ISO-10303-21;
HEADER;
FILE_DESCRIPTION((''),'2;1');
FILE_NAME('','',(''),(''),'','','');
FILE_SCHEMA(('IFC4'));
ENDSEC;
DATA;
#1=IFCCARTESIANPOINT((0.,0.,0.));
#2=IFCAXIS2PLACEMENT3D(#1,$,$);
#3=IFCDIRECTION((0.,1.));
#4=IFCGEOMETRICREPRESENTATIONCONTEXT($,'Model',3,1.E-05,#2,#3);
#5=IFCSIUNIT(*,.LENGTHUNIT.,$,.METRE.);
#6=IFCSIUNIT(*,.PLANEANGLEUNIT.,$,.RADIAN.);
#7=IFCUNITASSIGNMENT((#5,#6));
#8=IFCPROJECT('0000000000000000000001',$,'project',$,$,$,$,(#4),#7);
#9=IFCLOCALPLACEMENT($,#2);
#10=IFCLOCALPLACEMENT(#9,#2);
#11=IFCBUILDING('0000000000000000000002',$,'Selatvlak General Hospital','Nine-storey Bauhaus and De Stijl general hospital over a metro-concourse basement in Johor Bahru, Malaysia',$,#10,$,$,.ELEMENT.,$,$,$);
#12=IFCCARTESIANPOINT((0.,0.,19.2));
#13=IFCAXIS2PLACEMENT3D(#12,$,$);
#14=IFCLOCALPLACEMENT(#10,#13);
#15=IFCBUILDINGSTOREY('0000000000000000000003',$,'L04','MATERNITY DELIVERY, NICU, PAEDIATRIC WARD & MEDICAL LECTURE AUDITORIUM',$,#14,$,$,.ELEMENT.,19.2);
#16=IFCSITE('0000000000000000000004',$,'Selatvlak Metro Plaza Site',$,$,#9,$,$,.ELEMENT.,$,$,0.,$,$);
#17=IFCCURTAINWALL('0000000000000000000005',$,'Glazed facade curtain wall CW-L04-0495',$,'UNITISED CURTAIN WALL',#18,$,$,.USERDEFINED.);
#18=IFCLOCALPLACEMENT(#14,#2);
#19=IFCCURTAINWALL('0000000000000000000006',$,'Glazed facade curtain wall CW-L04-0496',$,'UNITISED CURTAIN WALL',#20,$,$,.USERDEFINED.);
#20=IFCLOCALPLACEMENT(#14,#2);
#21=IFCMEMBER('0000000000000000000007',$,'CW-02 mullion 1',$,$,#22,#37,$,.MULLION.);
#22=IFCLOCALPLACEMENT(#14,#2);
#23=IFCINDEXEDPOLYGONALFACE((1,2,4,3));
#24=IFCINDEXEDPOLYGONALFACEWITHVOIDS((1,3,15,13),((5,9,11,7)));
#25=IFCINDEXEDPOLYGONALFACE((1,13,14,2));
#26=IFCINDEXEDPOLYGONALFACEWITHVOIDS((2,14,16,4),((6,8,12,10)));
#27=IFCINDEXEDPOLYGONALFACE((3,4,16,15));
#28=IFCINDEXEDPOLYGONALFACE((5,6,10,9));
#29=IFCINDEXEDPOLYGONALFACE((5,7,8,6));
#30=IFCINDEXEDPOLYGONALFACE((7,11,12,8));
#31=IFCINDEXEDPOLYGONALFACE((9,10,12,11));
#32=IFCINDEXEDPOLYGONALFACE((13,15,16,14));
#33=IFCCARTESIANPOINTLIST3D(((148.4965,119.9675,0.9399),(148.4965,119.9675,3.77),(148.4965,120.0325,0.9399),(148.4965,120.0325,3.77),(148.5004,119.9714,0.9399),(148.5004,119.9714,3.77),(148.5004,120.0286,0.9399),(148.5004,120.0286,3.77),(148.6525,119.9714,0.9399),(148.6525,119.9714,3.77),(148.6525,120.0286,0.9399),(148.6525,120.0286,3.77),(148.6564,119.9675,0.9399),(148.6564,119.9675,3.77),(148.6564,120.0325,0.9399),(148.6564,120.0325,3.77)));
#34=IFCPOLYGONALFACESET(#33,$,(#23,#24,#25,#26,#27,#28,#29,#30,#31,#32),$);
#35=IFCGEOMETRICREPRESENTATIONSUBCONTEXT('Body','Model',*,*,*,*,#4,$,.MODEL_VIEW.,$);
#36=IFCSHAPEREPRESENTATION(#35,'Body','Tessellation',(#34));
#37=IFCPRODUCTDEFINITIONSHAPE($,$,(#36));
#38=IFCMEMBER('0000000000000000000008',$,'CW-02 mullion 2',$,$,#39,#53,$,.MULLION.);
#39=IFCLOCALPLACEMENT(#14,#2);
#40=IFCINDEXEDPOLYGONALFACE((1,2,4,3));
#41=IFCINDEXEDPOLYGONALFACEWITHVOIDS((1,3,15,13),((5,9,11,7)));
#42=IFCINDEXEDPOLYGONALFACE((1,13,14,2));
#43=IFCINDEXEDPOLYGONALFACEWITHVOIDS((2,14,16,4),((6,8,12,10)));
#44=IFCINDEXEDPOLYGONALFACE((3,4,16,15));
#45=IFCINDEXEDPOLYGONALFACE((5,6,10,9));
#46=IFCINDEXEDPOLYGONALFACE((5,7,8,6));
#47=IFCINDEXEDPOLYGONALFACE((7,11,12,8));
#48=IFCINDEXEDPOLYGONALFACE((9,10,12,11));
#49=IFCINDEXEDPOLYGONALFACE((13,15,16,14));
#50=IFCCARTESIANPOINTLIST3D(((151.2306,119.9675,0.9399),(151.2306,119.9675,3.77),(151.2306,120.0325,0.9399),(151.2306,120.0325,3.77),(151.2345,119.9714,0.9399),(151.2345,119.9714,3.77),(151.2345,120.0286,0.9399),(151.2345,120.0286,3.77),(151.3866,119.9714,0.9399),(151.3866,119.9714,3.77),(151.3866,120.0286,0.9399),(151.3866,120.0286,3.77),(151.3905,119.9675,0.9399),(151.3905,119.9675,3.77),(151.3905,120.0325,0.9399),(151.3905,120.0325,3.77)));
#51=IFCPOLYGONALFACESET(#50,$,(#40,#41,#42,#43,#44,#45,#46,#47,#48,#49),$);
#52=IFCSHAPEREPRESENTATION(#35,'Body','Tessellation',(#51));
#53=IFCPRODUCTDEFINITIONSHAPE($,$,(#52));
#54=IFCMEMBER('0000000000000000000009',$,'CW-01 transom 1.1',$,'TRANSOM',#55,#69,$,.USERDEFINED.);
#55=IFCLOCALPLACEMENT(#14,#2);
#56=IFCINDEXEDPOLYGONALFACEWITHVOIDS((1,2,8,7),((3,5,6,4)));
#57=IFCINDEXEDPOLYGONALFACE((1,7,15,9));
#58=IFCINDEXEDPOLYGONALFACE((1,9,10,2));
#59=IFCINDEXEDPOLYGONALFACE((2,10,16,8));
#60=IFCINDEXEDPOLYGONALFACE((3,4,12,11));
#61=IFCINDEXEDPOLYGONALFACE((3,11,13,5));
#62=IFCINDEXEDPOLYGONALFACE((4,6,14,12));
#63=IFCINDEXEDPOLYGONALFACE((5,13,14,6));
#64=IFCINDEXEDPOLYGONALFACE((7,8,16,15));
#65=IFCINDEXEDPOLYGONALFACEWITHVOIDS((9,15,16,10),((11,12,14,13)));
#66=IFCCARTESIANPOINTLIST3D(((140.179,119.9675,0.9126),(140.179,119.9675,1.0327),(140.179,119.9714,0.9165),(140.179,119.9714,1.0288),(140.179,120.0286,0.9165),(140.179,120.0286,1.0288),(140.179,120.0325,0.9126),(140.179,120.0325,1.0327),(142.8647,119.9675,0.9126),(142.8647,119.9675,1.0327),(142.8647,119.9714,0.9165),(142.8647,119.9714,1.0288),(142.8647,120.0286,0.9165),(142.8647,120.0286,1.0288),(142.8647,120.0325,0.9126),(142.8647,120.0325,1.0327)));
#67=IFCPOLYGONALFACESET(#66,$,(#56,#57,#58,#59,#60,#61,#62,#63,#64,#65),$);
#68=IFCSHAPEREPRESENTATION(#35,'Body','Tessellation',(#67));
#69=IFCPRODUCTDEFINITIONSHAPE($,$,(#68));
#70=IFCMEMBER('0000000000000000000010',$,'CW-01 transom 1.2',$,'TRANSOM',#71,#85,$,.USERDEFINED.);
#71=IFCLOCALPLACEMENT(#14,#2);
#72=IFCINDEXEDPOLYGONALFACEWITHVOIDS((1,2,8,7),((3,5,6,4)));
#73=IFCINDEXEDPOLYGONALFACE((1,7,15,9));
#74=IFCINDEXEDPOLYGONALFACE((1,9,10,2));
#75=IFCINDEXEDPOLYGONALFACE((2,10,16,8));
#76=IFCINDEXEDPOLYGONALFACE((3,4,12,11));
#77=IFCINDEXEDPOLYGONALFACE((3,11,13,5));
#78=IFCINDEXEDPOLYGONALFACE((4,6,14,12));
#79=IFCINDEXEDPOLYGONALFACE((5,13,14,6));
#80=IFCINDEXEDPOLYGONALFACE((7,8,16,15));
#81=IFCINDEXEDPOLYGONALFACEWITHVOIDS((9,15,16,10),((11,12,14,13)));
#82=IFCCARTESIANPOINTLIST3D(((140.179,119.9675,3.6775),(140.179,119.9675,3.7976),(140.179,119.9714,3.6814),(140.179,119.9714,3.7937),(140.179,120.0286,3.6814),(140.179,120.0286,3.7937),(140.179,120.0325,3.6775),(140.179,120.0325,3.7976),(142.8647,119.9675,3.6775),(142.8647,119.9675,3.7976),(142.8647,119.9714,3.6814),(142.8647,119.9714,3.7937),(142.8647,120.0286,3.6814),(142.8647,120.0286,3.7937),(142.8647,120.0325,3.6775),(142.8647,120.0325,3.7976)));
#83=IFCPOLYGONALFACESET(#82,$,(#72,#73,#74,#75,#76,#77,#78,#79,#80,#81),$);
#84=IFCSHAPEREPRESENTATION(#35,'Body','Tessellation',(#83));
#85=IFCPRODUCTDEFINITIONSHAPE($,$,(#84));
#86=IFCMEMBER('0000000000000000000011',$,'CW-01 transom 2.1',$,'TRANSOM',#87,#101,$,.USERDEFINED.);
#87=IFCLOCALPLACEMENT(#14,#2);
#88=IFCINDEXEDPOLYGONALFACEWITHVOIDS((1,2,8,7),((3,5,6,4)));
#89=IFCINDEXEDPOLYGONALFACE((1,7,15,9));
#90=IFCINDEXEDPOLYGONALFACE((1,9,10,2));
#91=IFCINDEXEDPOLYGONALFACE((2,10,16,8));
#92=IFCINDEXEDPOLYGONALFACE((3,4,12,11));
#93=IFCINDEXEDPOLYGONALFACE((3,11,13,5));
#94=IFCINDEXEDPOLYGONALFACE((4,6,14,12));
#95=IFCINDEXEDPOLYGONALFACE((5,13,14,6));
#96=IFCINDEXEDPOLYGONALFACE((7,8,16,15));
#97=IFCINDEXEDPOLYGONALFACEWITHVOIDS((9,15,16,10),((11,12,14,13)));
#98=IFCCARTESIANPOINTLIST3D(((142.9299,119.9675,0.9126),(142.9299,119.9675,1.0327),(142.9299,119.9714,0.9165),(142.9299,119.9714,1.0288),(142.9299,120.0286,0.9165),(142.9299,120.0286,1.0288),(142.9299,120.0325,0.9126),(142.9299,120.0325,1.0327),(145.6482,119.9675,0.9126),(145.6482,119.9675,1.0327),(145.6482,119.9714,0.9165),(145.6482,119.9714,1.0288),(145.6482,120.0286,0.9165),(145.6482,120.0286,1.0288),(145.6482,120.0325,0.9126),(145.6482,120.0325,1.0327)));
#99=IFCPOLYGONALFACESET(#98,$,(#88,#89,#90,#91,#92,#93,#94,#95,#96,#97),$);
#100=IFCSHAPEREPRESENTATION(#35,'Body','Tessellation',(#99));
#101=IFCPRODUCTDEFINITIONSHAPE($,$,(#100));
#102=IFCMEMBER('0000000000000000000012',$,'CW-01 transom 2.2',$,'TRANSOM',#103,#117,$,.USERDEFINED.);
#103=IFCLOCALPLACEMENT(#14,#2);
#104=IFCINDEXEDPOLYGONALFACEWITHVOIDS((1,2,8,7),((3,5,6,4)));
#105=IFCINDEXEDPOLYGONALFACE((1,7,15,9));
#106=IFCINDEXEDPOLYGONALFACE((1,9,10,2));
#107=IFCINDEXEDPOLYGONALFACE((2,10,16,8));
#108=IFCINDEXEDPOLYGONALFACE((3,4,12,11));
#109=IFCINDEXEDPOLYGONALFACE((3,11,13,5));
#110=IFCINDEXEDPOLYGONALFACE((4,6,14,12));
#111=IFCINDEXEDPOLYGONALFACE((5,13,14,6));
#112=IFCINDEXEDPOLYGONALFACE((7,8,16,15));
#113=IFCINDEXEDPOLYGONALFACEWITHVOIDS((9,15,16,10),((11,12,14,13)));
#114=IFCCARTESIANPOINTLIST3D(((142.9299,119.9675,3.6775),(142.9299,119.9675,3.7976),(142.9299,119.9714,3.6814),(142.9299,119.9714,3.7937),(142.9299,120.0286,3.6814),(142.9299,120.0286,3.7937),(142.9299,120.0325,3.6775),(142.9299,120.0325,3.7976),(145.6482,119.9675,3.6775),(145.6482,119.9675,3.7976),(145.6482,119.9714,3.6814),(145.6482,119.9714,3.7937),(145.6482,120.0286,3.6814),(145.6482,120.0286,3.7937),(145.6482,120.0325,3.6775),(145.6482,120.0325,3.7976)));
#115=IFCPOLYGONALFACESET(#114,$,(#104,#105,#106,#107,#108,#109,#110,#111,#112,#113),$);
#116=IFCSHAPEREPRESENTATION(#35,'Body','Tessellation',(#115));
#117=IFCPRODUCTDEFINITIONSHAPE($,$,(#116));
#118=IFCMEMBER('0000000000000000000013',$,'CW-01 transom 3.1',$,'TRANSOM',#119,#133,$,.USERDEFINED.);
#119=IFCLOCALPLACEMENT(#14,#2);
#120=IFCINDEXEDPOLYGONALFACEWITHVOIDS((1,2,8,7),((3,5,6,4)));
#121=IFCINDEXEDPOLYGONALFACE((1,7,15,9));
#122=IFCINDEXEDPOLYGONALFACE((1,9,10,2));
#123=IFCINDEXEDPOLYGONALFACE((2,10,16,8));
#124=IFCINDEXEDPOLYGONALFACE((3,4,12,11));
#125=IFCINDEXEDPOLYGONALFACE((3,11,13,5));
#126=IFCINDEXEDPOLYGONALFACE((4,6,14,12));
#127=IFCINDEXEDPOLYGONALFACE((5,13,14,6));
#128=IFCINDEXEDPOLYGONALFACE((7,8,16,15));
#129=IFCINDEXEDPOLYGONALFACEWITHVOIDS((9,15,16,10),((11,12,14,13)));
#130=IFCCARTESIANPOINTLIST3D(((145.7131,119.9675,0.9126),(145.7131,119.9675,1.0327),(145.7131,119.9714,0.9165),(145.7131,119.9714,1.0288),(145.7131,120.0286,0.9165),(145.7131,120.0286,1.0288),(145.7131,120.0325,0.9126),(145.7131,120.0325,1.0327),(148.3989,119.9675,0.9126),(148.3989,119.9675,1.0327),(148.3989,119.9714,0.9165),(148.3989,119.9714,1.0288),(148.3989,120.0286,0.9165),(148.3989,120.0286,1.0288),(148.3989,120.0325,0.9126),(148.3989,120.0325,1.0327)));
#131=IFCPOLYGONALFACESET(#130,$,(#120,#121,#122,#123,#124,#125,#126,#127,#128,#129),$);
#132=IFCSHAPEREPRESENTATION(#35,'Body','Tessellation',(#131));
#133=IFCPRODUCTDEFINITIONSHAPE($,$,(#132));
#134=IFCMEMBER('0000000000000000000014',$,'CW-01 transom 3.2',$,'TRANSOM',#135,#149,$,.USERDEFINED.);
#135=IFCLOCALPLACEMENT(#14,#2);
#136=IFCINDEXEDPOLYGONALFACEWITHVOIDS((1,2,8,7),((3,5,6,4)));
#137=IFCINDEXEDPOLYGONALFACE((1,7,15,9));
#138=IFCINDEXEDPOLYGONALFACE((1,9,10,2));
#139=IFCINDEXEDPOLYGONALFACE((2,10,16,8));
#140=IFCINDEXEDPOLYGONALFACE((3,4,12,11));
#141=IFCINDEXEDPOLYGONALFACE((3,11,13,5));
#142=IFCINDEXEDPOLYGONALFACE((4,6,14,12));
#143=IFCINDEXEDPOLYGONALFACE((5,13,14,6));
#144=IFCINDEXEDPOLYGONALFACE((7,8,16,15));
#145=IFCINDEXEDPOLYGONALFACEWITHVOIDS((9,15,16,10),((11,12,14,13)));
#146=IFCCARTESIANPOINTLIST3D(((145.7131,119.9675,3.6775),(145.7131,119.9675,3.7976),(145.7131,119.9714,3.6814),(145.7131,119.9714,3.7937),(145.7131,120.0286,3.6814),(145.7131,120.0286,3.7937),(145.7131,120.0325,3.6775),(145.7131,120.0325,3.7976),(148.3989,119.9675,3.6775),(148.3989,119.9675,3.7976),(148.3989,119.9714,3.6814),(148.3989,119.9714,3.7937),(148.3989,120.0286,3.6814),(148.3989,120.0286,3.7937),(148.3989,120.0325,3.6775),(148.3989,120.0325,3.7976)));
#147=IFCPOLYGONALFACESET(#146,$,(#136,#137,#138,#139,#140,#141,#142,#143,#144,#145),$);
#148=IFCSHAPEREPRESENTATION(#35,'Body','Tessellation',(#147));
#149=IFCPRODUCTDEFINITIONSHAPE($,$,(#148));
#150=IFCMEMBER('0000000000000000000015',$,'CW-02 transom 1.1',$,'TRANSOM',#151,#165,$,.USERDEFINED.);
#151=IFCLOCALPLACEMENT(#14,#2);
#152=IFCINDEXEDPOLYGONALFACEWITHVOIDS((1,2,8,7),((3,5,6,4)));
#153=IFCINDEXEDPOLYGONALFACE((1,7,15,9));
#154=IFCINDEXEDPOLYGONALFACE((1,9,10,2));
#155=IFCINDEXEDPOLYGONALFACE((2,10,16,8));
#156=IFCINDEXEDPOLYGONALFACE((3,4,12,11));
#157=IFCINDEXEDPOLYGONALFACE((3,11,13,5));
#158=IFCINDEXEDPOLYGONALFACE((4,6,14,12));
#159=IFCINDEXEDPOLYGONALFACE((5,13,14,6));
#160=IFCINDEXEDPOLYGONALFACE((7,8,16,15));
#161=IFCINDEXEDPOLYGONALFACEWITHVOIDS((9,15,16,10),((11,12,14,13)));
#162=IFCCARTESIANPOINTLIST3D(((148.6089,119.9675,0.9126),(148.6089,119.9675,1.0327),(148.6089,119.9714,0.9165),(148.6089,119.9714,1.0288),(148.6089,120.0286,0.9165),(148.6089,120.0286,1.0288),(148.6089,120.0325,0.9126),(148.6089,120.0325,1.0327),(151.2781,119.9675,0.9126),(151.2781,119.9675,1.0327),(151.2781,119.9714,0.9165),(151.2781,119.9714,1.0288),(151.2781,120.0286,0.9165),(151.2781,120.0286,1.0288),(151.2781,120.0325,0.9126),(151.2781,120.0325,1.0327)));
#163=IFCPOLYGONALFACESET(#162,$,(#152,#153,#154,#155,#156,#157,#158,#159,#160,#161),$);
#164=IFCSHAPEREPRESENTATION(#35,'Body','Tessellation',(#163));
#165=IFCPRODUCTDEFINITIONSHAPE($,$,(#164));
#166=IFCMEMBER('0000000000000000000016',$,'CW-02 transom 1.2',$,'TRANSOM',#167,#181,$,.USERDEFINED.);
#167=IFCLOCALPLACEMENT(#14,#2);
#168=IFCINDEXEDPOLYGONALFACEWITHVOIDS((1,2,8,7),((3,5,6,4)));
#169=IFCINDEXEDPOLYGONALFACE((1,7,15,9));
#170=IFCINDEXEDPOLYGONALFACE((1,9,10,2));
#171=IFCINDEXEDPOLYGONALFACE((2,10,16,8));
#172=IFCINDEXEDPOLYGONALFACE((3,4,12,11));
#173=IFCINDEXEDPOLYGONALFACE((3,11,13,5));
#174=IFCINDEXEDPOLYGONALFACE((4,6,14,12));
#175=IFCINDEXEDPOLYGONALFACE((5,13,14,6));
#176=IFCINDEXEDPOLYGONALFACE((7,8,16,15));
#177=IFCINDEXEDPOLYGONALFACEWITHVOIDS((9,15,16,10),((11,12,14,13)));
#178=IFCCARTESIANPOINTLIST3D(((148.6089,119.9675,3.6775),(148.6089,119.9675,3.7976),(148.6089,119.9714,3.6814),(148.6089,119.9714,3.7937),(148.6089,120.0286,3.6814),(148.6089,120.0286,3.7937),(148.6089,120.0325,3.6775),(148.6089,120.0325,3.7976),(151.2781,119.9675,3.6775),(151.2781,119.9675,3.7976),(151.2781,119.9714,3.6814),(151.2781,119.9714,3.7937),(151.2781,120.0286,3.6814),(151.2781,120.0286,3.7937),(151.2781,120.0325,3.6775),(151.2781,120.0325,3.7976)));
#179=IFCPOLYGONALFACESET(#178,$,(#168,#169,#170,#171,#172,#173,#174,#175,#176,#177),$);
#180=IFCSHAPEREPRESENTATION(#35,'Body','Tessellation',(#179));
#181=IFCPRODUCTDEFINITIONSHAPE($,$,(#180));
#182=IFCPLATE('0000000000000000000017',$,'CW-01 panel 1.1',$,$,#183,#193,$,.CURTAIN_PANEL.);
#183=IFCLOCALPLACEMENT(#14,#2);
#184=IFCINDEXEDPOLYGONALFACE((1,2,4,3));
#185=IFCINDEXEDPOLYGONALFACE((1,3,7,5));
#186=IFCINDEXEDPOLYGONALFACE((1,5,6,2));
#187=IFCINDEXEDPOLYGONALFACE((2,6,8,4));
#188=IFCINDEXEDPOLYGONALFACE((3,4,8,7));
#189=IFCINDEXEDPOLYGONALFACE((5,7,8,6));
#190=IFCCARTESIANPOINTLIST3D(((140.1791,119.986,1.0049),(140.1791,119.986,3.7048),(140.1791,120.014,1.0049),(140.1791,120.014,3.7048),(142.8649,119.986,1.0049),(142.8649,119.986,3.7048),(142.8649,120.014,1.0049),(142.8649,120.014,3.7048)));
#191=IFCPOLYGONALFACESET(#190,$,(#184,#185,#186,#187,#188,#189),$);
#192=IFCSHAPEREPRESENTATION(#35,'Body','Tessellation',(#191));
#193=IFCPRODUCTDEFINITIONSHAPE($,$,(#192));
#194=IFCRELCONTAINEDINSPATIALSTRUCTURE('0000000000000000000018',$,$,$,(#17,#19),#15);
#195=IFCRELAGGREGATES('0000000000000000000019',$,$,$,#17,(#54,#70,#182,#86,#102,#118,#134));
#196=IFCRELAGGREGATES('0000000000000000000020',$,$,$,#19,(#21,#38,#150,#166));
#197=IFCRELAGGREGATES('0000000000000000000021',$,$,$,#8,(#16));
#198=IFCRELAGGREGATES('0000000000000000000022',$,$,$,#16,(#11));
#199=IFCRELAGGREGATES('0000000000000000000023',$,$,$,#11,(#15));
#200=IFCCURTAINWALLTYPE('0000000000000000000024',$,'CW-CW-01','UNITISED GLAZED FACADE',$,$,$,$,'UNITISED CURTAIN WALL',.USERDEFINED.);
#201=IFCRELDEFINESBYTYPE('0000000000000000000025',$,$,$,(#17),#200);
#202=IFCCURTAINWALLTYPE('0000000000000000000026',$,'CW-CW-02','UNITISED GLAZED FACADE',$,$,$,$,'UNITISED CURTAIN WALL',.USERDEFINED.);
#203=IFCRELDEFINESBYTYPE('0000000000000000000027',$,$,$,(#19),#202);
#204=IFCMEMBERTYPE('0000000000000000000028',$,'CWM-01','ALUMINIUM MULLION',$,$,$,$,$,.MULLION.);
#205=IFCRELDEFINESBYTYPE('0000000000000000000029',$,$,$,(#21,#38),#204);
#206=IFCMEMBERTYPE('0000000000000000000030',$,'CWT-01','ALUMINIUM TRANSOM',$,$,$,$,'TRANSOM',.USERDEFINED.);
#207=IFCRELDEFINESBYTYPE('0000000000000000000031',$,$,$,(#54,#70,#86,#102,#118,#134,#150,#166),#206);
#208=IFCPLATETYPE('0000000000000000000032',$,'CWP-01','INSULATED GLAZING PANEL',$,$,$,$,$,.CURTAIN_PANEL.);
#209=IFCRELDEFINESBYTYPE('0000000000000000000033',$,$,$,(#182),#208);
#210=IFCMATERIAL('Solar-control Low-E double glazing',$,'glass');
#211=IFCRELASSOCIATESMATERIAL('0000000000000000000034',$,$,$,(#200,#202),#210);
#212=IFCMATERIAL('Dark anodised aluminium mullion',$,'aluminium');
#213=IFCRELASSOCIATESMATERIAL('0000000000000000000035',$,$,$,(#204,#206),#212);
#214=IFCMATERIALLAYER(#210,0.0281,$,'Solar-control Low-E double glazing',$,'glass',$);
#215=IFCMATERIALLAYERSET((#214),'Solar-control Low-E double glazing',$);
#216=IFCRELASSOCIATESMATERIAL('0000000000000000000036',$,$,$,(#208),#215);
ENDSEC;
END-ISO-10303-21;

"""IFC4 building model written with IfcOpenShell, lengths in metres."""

from ifc_helpers import new_model, si_unit, direction, frame, origin, origin_2d, place, context, subcontext, project, spatial, rectangle, hollow_rectangle, extrude, material, layer, layer_set, material_profile, profile_set, type_object, element, aggregate, save


model = new_model("IFC4")

# Units and contexts
model_context = context("Model", 3, precision=1e-05, world=origin(), true_north=direction((0.0, 1.0)))
body_context = subcontext(model_context, "Body", "Model", "MODEL_VIEW")
ifc_project = project(units=[si_unit("LENGTHUNIT", "METRE"), si_unit("PLANEANGLEUNIT", "RADIAN")], contexts=[model_context])

# Site, building, storey
site_placement = place(None, origin())
site = spatial("IfcSite", under=ifc_project, at=site_placement, Name="Selatvlak Metro Plaza Site", CompositionType="ELEMENT", RefElevation=0.0)
building_placement = place(site_placement, origin())
building = spatial("IfcBuilding", under=site, at=building_placement, Name="Selatvlak General Hospital", Description="Nine-storey Bauhaus and De Stijl general hospital over a metro-concourse basement in Johor Bahru, Malaysia", CompositionType="ELEMENT")
storey_placement = place(building_placement, frame((0.0, 0.0, 19.2)))
storey = spatial("IfcBuildingStorey", under=building, at=storey_placement, Name="L04", Description="MATERNITY DELIVERY, NICU, PAEDIATRIC WARD & MEDICAL LECTURE AUDITORIUM", CompositionType="ELEMENT", Elevation=19.2)

# Curtain walls, members
ifc_material_1 = material(Name="Solar-control Low-E double glazing", Category="glass")
curtain_wall_type_1 = type_object("IfcCurtainWallType", Name="CW-CW-01", Description="UNITISED GLAZED FACADE", ElementType="UNITISED CURTAIN WALL", PredefinedType="USERDEFINED", material=ifc_material_1)
curtain_wall_1_placement = place(storey_placement, origin())
curtain_wall_1 = element("IfcCurtainWall", 1, at=curtain_wall_1_placement, inside=storey, type_object=curtain_wall_type_1, Name="Glazed facade curtain wall CW-L04-0495", ObjectType="UNITISED CURTAIN WALL", PredefinedType="USERDEFINED")
ifc_material_2 = material(Name="Dark anodised aluminium mullion", Category="aluminium")
ifc_material_profile_1 = material_profile(ifc_material_2, hollow_rectangle(XDim=0.0649, YDim=0.1599, WallThickness=0.0039, at=origin_2d()), Name="AL-MUL 65x160x4")
ifc_profile_set_1 = profile_set([ifc_material_profile_1], Name="Dark anodised aluminium mullion")
member_type_1 = type_object("IfcMemberType", Name="CWM-01", Description="ALUMINIUM MULLION", PredefinedType="MULLION", material=ifc_profile_set_1)
curtain_wall_type_2 = type_object("IfcCurtainWallType", Name="CW-CW-02", Description="UNITISED GLAZED FACADE", ElementType="UNITISED CURTAIN WALL", PredefinedType="USERDEFINED", material=ifc_material_1)
curtain_wall_2_placement = place(storey_placement, origin())
curtain_wall_2 = element("IfcCurtainWall", 2, at=curtain_wall_2_placement, inside=storey, type_object=curtain_wall_type_2, Name="Glazed facade curtain wall CW-L04-0496", ObjectType="UNITISED CURTAIN WALL", PredefinedType="USERDEFINED")
member_1_placement = place(storey_placement, frame((148.5764, 120.0, 0.9399), z_axis=(0.0, 0.0, 1.0), x_axis=(0.0, 1.0, 0.0)))
member_1 = element("IfcMember", 3, at=member_1_placement, type_object=member_type_1, Name="CW-02 mullion 1", PredefinedType="MULLION", context=body_context, shape_type="SweptSolid", body=[
    extrude(hollow_rectangle(XDim=0.0649, YDim=0.1599, WallThickness=0.0039, at=origin_2d()), origin(), (0.0, 0.0, 1.0), 2.8301),
])
member_2_placement = place(storey_placement, frame((151.3105, 120.0, 0.9399), z_axis=(0.0, 0.0, 1.0), x_axis=(0.0, 1.0, 0.0)))
member_2 = element("IfcMember", 4, at=member_2_placement, type_object=member_type_1, Name="CW-02 mullion 2", PredefinedType="MULLION", context=body_context, shape_type="SweptSolid", body=[
    extrude(hollow_rectangle(XDim=0.0649, YDim=0.1599, WallThickness=0.0039, at=origin_2d()), origin(), (0.0, 0.0, 1.0), 2.8301),
])

# Members
ifc_material_profile_2 = material_profile(ifc_material_2, hollow_rectangle(XDim=0.0649, YDim=0.1201, WallThickness=0.0039, at=origin_2d()), Name="AL-TRN 65x120x4")
ifc_profile_set_2 = profile_set([ifc_material_profile_2], Name="Dark anodised aluminium mullion")
member_type_2 = type_object("IfcMemberType", Name="CWT-01", Description="ALUMINIUM TRANSOM", ElementType="TRANSOM", PredefinedType="USERDEFINED", material=ifc_profile_set_2)
member_3_placement = place(storey_placement, frame((140.179, 120.0, 0.9727), z_axis=(1.0, 0.0, 0.0), x_axis=(0.0, 1.0, 0.0)))
member_3 = element("IfcMember", 5, at=member_3_placement, type_object=member_type_2, Name="CW-01 transom 1.1", ObjectType="TRANSOM", PredefinedType="USERDEFINED", context=body_context, shape_type="SweptSolid", body=[
    extrude(hollow_rectangle(XDim=0.0649, YDim=0.1201, WallThickness=0.0039, at=origin_2d()), origin(), (0.0, 0.0, 1.0), 2.6858),
])
member_4_placement = place(storey_placement, frame((140.179, 120.0, 3.7375), z_axis=(1.0, 0.0, 0.0), x_axis=(0.0, 1.0, 0.0)))
member_4 = element("IfcMember", 6, at=member_4_placement, type_object=member_type_2, Name="CW-01 transom 1.2", ObjectType="TRANSOM", PredefinedType="USERDEFINED", context=body_context, shape_type="SweptSolid", body=[
    extrude(hollow_rectangle(XDim=0.0649, YDim=0.1201, WallThickness=0.0039, at=origin_2d()), origin(), (0.0, 0.0, 1.0), 2.6858),
])
member_5_placement = place(storey_placement, frame((142.9299, 120.0, 0.9727), z_axis=(1.0, 0.0, 0.0), x_axis=(0.0, 1.0, 0.0)))
member_5 = element("IfcMember", 7, at=member_5_placement, type_object=member_type_2, Name="CW-01 transom 2.1", ObjectType="TRANSOM", PredefinedType="USERDEFINED", context=body_context, shape_type="SweptSolid", body=[
    extrude(hollow_rectangle(XDim=0.0649, YDim=0.1201, WallThickness=0.0039, at=origin_2d()), origin(), (0.0, 0.0, 1.0), 2.7183),
])
member_6_placement = place(storey_placement, frame((142.9299, 120.0, 3.7375), z_axis=(1.0, 0.0, 0.0), x_axis=(0.0, 1.0, 0.0)))
member_6 = element("IfcMember", 8, at=member_6_placement, type_object=member_type_2, Name="CW-01 transom 2.2", ObjectType="TRANSOM", PredefinedType="USERDEFINED", context=body_context, shape_type="SweptSolid", body=[
    extrude(hollow_rectangle(XDim=0.0649, YDim=0.1201, WallThickness=0.0039, at=origin_2d()), origin(), (0.0, 0.0, 1.0), 2.7183),
])
member_7_placement = place(storey_placement, frame((145.7131, 120.0, 0.9727), z_axis=(1.0, 0.0, 0.0), x_axis=(0.0, 1.0, 0.0)))
member_7 = element("IfcMember", 9, at=member_7_placement, type_object=member_type_2, Name="CW-01 transom 3.1", ObjectType="TRANSOM", PredefinedType="USERDEFINED", context=body_context, shape_type="SweptSolid", body=[
    extrude(hollow_rectangle(XDim=0.0649, YDim=0.1201, WallThickness=0.0039, at=origin_2d()), origin(), (0.0, 0.0, 1.0), 2.6858),
])
member_8_placement = place(storey_placement, frame((145.7131, 120.0, 3.7375), z_axis=(1.0, 0.0, 0.0), x_axis=(0.0, 1.0, 0.0)))
member_8 = element("IfcMember", 10, at=member_8_placement, type_object=member_type_2, Name="CW-01 transom 3.2", ObjectType="TRANSOM", PredefinedType="USERDEFINED", context=body_context, shape_type="SweptSolid", body=[
    extrude(hollow_rectangle(XDim=0.0649, YDim=0.1201, WallThickness=0.0039, at=origin_2d()), origin(), (0.0, 0.0, 1.0), 2.6858),
])
member_9_placement = place(storey_placement, frame((148.6089, 120.0, 0.9727), z_axis=(1.0, 0.0, 0.0), x_axis=(0.0, 1.0, 0.0)))
member_9 = element("IfcMember", 11, at=member_9_placement, type_object=member_type_2, Name="CW-02 transom 1.1", ObjectType="TRANSOM", PredefinedType="USERDEFINED", context=body_context, shape_type="SweptSolid", body=[
    extrude(hollow_rectangle(XDim=0.0649, YDim=0.1201, WallThickness=0.0039, at=origin_2d()), origin(), (0.0, 0.0, 1.0), 2.6692),
])
member_10_placement = place(storey_placement, frame((148.6089, 120.0, 3.7375), z_axis=(1.0, 0.0, 0.0), x_axis=(0.0, 1.0, 0.0)))
member_10 = element("IfcMember", 12, at=member_10_placement, type_object=member_type_2, Name="CW-02 transom 1.2", ObjectType="TRANSOM", PredefinedType="USERDEFINED", context=body_context, shape_type="SweptSolid", body=[
    extrude(hollow_rectangle(XDim=0.0649, YDim=0.1201, WallThickness=0.0039, at=origin_2d()), origin(), (0.0, 0.0, 1.0), 2.6692),
])

# Plate
ifc_layer_1 = layer(ifc_material_1, 0.0281, Name="Solar-control Low-E double glazing", Category="glass")
ifc_layer_set_1 = layer_set([ifc_layer_1], Name="Solar-control Low-E double glazing")
plate_type = type_object("IfcPlateType", Name="CWP-01", Description="INSULATED GLAZING PANEL", PredefinedType="CURTAIN_PANEL", material=ifc_layer_set_1)
plate_1_placement = place(storey_placement, frame((141.522, 120.0, 1.0049), z_axis=(0.0, 0.0, 1.0), x_axis=(1.0, 0.0, 0.0)))
plate_1 = element("IfcPlate", 13, at=plate_1_placement, type_object=plate_type, Name="CW-01 panel 1.1", PredefinedType="CURTAIN_PANEL", context=body_context, shape_type="SweptSolid", body=[
    extrude(rectangle(XDim=2.6858, YDim=0.0281, at=origin_2d()), origin(), (0.0, 0.0, 1.0), 2.7),
])
aggregate(curtain_wall_1, [member_3, member_4, plate_1, member_5, member_6, member_7, member_8])
aggregate(curtain_wall_2, [member_1, member_2, member_9, member_10])

save(model, "model.ifc")
